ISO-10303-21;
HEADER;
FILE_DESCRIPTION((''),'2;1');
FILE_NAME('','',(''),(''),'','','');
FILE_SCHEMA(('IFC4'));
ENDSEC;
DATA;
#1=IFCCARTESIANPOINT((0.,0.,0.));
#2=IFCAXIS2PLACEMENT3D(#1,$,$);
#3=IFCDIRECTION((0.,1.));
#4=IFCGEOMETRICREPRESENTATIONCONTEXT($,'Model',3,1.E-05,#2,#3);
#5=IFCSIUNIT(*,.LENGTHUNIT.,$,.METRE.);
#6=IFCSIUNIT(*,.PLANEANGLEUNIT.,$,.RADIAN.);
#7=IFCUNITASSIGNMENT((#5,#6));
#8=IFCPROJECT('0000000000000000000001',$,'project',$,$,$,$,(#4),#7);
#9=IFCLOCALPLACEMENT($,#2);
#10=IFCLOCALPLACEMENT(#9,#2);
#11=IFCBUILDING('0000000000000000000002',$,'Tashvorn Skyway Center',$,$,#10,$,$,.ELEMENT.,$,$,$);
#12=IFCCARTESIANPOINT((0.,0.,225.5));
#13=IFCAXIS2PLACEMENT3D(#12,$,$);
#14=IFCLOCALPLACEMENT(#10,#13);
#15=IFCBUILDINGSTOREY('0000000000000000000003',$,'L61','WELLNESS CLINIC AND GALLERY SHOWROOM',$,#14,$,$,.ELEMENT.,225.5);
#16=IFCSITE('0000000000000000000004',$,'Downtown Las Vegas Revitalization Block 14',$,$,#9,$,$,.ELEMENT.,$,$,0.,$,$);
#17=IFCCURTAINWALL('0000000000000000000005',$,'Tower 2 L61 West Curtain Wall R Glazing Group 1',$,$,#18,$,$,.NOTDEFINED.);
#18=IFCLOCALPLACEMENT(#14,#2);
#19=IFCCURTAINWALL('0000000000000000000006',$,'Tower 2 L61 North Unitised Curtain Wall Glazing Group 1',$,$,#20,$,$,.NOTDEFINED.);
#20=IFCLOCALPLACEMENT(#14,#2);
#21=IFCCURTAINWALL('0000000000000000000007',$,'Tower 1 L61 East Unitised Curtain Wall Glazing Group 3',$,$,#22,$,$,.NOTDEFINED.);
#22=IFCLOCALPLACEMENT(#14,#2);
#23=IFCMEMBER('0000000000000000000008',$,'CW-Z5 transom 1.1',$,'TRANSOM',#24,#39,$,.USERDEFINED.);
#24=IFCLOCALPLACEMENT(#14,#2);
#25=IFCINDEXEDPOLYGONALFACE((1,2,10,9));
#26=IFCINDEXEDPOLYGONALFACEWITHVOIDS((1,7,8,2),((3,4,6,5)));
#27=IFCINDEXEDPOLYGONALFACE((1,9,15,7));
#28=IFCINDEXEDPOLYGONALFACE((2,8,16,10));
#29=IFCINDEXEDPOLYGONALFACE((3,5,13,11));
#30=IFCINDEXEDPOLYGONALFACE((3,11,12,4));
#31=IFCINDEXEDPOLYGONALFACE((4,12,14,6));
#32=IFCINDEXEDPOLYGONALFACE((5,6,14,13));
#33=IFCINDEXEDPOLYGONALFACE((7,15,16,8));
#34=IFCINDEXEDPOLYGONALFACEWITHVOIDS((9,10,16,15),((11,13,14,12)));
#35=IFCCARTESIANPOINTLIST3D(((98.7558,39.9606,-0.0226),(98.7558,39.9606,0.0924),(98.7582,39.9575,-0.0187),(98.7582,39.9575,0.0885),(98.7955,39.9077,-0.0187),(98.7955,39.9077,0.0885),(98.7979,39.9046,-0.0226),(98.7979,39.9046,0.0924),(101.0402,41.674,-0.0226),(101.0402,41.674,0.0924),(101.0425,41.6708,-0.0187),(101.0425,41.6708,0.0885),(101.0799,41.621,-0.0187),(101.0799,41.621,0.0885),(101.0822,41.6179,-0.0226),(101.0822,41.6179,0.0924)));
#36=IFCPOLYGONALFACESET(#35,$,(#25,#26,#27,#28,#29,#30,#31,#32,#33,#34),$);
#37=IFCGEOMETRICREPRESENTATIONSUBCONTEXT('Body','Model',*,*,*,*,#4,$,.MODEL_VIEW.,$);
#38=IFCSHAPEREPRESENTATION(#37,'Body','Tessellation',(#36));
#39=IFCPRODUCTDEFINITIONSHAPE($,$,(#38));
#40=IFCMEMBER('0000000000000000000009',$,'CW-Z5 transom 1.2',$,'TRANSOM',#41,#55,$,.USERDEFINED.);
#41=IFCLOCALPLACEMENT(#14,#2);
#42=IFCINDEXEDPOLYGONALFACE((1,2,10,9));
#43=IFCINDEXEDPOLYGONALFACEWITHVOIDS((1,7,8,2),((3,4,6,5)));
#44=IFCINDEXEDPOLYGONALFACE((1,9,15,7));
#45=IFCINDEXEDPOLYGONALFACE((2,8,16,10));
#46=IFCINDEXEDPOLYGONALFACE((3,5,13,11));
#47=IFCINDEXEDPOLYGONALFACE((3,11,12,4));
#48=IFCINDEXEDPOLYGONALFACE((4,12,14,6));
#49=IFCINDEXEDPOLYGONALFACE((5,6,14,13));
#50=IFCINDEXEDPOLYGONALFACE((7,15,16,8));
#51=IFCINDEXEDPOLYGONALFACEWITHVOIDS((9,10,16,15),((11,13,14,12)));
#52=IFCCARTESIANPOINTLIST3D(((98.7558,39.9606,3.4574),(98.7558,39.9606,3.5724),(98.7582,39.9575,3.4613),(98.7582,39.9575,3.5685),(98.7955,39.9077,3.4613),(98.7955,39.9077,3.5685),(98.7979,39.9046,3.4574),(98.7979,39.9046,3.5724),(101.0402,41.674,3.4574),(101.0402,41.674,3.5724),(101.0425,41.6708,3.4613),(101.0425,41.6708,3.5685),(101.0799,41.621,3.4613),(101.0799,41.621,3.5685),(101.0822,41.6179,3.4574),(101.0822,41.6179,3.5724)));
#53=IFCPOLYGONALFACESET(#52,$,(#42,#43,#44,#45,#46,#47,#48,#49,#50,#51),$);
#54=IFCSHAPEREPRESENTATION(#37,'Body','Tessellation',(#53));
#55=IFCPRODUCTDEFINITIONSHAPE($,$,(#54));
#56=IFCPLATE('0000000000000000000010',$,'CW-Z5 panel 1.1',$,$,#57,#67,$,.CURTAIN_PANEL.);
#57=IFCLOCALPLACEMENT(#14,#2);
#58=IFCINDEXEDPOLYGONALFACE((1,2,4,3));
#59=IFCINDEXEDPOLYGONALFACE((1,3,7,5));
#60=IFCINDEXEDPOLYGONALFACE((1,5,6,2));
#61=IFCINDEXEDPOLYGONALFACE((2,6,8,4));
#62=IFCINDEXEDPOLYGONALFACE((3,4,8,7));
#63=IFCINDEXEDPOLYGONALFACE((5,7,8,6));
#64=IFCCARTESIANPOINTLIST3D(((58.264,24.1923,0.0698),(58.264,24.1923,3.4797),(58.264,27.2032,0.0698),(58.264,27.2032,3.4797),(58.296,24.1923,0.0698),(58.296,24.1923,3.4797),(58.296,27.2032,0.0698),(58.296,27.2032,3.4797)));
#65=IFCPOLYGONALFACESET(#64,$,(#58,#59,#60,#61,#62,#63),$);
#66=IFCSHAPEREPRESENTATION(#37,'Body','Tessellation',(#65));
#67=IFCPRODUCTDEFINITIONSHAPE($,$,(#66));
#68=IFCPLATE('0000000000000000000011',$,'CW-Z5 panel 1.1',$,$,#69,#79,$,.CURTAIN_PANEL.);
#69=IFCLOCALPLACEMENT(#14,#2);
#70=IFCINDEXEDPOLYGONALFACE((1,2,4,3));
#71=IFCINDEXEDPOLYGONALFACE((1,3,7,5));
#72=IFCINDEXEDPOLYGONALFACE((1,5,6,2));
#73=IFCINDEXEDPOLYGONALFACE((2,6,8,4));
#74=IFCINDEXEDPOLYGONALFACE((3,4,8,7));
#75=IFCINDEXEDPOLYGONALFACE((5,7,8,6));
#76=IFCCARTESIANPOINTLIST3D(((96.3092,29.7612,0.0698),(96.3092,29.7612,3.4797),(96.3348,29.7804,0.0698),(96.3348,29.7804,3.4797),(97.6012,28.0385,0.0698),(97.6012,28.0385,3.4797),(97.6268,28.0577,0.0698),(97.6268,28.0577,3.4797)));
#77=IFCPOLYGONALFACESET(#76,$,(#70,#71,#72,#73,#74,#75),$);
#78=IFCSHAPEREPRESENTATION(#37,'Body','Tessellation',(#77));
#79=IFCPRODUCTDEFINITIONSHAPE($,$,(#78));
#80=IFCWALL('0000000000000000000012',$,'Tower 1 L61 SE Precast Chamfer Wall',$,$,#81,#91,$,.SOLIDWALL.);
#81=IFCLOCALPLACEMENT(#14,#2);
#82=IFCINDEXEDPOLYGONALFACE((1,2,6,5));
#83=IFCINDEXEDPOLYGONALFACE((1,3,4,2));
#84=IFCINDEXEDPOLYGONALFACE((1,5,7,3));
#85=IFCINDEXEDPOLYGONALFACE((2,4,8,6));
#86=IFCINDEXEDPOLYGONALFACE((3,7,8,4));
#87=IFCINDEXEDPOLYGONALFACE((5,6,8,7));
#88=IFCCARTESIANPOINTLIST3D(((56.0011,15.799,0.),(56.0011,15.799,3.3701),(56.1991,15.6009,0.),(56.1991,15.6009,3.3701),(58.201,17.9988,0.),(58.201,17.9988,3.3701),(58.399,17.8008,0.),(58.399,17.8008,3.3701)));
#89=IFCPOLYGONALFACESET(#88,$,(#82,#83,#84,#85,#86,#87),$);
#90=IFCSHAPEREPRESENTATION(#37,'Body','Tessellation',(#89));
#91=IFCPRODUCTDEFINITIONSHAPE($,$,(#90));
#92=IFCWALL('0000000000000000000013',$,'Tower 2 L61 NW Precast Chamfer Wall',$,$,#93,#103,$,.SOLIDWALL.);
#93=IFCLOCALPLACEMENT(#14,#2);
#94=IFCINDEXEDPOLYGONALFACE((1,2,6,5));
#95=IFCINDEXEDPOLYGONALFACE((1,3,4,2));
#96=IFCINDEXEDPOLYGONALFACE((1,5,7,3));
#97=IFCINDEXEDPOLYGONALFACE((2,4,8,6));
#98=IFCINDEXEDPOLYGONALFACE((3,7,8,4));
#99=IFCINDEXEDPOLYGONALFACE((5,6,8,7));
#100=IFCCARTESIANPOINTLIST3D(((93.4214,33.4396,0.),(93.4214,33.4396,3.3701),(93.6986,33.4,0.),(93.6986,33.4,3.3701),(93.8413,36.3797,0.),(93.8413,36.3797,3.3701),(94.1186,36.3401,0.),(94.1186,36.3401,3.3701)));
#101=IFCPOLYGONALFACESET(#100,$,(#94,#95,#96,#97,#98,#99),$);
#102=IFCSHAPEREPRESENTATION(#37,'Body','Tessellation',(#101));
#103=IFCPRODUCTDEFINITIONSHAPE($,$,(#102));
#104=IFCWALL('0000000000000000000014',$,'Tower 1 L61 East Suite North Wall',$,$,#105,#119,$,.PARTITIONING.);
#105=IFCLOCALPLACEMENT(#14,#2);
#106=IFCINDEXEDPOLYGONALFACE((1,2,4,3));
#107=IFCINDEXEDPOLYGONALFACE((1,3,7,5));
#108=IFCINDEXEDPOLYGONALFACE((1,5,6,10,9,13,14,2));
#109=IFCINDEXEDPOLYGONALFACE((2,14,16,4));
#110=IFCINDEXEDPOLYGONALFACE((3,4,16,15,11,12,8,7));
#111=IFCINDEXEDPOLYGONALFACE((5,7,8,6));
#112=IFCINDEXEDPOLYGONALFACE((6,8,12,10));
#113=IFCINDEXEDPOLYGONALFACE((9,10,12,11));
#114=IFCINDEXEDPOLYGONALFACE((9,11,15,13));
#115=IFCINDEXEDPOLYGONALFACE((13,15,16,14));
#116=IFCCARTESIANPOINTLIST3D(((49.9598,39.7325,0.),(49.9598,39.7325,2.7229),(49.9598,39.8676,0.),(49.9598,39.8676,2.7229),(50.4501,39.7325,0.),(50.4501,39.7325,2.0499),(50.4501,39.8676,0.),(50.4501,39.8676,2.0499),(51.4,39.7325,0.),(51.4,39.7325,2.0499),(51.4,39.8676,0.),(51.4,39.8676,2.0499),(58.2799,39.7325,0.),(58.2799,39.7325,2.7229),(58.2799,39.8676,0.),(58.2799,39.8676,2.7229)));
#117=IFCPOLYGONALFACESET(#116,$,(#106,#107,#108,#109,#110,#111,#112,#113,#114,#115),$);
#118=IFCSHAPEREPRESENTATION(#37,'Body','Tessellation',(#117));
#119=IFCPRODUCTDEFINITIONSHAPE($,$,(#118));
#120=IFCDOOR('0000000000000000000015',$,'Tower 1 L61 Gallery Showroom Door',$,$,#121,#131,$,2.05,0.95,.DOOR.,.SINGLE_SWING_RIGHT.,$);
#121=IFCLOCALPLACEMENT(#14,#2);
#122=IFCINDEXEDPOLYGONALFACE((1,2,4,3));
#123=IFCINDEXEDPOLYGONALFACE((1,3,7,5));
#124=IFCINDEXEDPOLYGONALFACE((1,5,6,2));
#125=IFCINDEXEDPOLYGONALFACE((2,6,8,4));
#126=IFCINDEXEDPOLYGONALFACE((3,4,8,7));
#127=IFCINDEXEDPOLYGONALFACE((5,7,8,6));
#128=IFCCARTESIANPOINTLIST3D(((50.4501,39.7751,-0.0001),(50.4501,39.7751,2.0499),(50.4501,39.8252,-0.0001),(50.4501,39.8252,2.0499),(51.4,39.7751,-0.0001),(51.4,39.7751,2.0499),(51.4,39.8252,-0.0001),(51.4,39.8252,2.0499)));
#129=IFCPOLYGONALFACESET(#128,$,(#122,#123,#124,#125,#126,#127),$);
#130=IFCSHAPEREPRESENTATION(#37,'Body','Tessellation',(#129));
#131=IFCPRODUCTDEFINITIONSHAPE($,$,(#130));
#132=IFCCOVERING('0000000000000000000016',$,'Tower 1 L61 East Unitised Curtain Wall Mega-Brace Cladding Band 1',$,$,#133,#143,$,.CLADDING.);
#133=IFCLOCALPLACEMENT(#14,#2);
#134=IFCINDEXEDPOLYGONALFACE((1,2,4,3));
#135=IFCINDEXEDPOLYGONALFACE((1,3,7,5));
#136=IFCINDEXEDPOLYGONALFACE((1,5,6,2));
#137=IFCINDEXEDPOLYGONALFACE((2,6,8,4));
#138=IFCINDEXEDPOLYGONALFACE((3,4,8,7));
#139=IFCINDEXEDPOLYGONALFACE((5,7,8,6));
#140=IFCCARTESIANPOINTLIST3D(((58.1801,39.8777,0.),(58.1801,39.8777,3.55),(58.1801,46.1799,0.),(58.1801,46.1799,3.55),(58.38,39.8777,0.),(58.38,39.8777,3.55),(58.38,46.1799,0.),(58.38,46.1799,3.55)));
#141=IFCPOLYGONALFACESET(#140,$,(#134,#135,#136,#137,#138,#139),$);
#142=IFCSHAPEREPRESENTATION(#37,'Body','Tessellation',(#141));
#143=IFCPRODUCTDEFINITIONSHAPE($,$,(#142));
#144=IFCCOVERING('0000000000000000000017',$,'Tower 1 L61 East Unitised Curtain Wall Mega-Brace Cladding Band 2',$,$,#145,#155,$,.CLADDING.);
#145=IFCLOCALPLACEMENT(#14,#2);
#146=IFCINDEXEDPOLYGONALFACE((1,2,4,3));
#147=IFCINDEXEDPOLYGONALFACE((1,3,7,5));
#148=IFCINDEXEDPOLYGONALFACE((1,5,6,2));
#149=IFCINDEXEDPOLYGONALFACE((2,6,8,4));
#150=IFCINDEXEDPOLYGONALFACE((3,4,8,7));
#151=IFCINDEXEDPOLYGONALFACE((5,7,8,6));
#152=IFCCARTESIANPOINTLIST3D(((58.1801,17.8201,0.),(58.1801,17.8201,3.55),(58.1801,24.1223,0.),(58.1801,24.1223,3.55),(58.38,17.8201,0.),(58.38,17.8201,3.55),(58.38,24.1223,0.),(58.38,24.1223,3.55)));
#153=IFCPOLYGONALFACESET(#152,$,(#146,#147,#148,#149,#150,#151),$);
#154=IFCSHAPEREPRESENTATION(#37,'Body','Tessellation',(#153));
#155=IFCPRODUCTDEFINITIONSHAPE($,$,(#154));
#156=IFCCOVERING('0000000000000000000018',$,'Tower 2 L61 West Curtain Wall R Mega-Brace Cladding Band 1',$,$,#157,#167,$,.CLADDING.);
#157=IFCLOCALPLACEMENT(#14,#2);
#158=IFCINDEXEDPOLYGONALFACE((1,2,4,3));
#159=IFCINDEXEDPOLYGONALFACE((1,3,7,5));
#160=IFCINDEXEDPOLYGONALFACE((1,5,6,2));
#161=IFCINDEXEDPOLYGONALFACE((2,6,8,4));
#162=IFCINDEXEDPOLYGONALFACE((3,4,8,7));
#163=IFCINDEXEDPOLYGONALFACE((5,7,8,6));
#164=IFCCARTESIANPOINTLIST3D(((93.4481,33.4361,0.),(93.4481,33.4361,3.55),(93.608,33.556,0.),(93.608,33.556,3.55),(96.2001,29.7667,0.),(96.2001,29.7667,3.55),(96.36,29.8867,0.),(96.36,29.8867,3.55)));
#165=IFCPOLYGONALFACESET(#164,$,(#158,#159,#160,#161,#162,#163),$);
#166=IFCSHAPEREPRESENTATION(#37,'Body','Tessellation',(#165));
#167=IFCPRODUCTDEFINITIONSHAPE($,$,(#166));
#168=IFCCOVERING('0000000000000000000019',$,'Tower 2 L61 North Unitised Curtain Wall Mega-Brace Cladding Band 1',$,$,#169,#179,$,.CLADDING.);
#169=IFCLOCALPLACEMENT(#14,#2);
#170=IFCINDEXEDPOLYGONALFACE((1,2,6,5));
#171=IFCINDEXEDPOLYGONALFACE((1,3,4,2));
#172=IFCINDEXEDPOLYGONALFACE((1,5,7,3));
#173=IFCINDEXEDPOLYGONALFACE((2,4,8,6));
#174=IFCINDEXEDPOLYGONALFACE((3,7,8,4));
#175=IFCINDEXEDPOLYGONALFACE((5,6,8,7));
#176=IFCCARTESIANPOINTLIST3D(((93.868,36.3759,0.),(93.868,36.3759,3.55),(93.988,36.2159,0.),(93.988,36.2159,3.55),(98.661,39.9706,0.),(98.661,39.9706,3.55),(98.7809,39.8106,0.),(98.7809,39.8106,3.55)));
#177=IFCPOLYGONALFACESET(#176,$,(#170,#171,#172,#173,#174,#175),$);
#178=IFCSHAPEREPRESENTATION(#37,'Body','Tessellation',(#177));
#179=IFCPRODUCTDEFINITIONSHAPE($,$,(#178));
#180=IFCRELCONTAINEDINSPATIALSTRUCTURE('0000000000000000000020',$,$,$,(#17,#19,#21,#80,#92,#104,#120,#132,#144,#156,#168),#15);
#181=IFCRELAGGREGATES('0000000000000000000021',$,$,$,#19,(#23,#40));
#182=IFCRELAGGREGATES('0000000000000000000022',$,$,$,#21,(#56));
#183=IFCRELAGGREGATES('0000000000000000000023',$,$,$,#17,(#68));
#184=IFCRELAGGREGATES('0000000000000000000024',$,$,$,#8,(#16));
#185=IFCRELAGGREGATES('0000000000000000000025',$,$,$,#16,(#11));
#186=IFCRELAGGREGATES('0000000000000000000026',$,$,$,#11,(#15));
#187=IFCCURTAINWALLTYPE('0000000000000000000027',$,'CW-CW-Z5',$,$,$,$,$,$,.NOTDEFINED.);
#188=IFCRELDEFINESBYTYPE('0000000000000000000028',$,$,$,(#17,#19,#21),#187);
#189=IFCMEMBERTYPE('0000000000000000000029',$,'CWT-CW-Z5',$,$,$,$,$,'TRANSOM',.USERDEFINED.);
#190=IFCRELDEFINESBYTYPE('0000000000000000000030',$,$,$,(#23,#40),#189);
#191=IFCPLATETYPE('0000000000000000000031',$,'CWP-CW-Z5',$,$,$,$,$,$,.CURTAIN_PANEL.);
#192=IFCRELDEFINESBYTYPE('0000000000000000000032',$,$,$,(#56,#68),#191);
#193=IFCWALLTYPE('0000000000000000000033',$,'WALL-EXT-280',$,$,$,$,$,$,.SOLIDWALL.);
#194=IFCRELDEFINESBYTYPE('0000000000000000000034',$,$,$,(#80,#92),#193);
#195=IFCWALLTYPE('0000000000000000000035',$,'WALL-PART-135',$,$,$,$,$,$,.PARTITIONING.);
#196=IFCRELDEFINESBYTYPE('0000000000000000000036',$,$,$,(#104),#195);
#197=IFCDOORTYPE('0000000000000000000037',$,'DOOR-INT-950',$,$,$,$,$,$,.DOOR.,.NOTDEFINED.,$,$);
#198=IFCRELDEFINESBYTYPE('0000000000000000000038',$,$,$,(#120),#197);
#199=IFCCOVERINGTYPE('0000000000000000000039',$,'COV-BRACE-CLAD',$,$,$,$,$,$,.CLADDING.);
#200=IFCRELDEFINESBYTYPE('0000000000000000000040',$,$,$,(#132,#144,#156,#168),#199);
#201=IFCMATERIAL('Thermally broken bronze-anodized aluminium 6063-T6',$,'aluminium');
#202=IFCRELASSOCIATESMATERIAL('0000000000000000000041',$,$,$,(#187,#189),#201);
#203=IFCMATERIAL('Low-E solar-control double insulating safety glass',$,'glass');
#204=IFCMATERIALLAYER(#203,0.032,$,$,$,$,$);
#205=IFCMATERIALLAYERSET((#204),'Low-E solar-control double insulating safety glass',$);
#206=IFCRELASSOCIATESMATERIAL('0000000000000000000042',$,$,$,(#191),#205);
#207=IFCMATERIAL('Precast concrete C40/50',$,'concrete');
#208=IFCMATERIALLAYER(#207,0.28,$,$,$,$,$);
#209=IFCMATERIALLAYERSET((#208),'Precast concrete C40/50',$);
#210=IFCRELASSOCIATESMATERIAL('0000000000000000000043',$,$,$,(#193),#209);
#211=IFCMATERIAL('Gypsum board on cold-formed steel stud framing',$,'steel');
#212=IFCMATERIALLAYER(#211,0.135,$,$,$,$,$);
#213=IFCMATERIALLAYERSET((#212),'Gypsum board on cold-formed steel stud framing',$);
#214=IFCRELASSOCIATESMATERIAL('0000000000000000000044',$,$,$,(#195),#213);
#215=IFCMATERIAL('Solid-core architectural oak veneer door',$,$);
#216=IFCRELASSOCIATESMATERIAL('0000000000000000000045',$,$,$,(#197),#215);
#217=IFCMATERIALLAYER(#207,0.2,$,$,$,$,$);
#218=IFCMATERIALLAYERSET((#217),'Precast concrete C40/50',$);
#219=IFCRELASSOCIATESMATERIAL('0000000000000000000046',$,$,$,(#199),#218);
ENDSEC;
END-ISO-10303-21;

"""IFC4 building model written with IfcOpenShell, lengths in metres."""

from ifc_helpers import new_model, si_unit, direction, frame, frame_2d, origin, origin_2d, place, context, subcontext, project, spatial, rectangle, hollow_rectangle, extrude, material, layer, layer_set, material_profile, profile_set, type_object, element, fill, aggregate, save


model = new_model("IFC4")

# Units and contexts
model_context = context("Model", 3, precision=1e-05, world=origin(), true_north=direction((0.0, 1.0)))
body_context = subcontext(model_context, "Body", "Model", "MODEL_VIEW")
ifc_project = project(units=[si_unit("LENGTHUNIT", "METRE"), si_unit("PLANEANGLEUNIT", "RADIAN")], contexts=[model_context])

# Site, building, storey
site_placement = place(None, origin())
site = spatial("IfcSite", under=ifc_project, at=site_placement, Name="Downtown Las Vegas Revitalization Block 14", CompositionType="ELEMENT", RefElevation=0.0)
building_placement = place(site_placement, origin())
building = spatial("IfcBuilding", under=site, at=building_placement, Name="Tashvorn Skyway Center", CompositionType="ELEMENT")
storey_placement = place(building_placement, frame((0.0, 0.0, 225.5)))
storey = spatial("IfcBuildingStorey", under=building, at=storey_placement, Name="L61", Description="WELLNESS CLINIC AND GALLERY SHOWROOM", CompositionType="ELEMENT", Elevation=225.5)

# Curtain wall
ifc_material_1 = material(Name="Thermally broken bronze-anodized aluminium 6063-T6", Category="aluminium")
curtain_wall_type = type_object("IfcCurtainWallType", Name="CW-CW-Z5", PredefinedType="NOTDEFINED", material=ifc_material_1)
curtain_wall_1_placement = place(storey_placement, origin())
curtain_wall_1 = element("IfcCurtainWall", 1, at=curtain_wall_1_placement, inside=storey, type_object=curtain_wall_type, Name="Tower 2 L61 West Curtain Wall R Glazing Group 1", PredefinedType="NOTDEFINED")

# Curtain walls
curtain_wall_2_placement = place(storey_placement, origin())
curtain_wall_2 = element("IfcCurtainWall", 2, at=curtain_wall_2_placement, inside=storey, type_object=curtain_wall_type, Name="Tower 2 L61 North Unitised Curtain Wall Glazing Group 1", PredefinedType="NOTDEFINED")
curtain_wall_3_placement = place(storey_placement, origin())
curtain_wall_3 = element("IfcCurtainWall", 3, at=curtain_wall_3_placement, inside=storey, type_object=curtain_wall_type, Name="Tower 1 L61 East Unitised Curtain Wall Glazing Group 3", PredefinedType="NOTDEFINED")
ifc_material_profile_1 = material_profile(ifc_material_1, hollow_rectangle(XDim=0.0701, YDim=0.115, WallThickness=0.0039, at=origin_2d()), Name="ALU-TRAN-70x115")
ifc_profile_set_1 = profile_set([ifc_material_profile_1], Name="Thermally broken bronze-anodized aluminium 6063-T6")
member_type_1 = type_object("IfcMemberType", Name="CWT-CW-Z5", ElementType="TRANSOM", PredefinedType="USERDEFINED", material=ifc_profile_set_1)

# Members
member_1_placement = place(storey_placement, frame((98.7769, 39.9326, 0.0349), z_axis=(0.79999, 0.600014, 0.0), x_axis=(-0.600014, 0.79999, 0.0)))
member_1 = element("IfcMember", 4, at=member_1_placement, type_object=member_type_1, Name="CW-Z5 transom 1.1", ObjectType="TRANSOM", PredefinedType="USERDEFINED", context=body_context, shape_type="SweptSolid", body=[
    extrude(hollow_rectangle(XDim=0.0701, YDim=0.115, WallThickness=0.0039, at=origin_2d()), origin(), (0.0, 0.0, 1.0), 2.8555),
])
member_2_placement = place(storey_placement, frame((98.7769, 39.9326, 3.5149), z_axis=(0.79999, 0.600014, 0.0), x_axis=(-0.600014, 0.79999, 0.0)))
member_2 = element("IfcMember", 5, at=member_2_placement, type_object=member_type_1, Name="CW-Z5 transom 1.2", ObjectType="TRANSOM", PredefinedType="USERDEFINED", context=body_context, shape_type="SweptSolid", body=[
    extrude(hollow_rectangle(XDim=0.0701, YDim=0.115, WallThickness=0.0039, at=origin_2d()), origin(), (0.0, 0.0, 1.0), 2.8555),
])
aggregate(curtain_wall_2, [member_1, member_2])

# Plates
ifc_material_2 = material(Name="Low-E solar-control double insulating safety glass", Category="glass")
ifc_layer_1 = layer(ifc_material_2, 0.032)
ifc_layer_set_1 = layer_set([ifc_layer_1], Name="Low-E solar-control double insulating safety glass")
plate_type = type_object("IfcPlateType", Name="CWP-CW-Z5", PredefinedType="CURTAIN_PANEL", material=ifc_layer_set_1)
plate_1_placement = place(storey_placement, frame((58.28, 25.6978, 0.0698), z_axis=(0.0, 0.0, 1.0), x_axis=(0.0, -1.0, 0.0)))
plate_1 = element("IfcPlate", 6, at=plate_1_placement, type_object=plate_type, Name="CW-Z5 panel 1.1", PredefinedType="CURTAIN_PANEL", context=body_context, shape_type="SweptSolid", body=[
    extrude(rectangle(XDim=3.011, YDim=0.032, at=origin_2d()), origin(), (0.0, 0.0, 1.0), 3.4099),
])
aggregate(curtain_wall_3, [plate_1])
plate_2_placement = place(storey_placement, frame((96.968, 28.9094, 0.0698), z_axis=(0.0, 0.0, 1.0), x_axis=(-0.599993, 0.800005, 0.0)))
plate_2 = element("IfcPlate", 7, at=plate_2_placement, type_object=plate_type, Name="CW-Z5 panel 1.1", PredefinedType="CURTAIN_PANEL", context=body_context, shape_type="SweptSolid", body=[
    extrude(rectangle(XDim=2.1533, YDim=0.032, at=origin_2d()), origin(), (0.0, 0.0, 1.0), 3.4099),
])
aggregate(curtain_wall_1, [plate_2])

# Walls
ifc_material_3 = material(Name="Precast concrete C40/50", Category="concrete")
ifc_layer_2 = layer(ifc_material_3, 0.28)
ifc_layer_set_2 = layer_set([ifc_layer_2], Name="Precast concrete C40/50")
wall_type_1 = type_object("IfcWallType", Name="WALL-EXT-280", PredefinedType="SOLIDWALL", material=ifc_layer_set_2)
wall_1_placement = place(storey_placement, frame((58.3, 17.8999, 0.0), z_axis=(0.0, 0.0, 1.0), x_axis=(-0.707107, -0.707107, 0.0)))
element("IfcWall", 8, at=wall_1_placement, inside=storey, type_object=wall_type_1, Name="Tower 1 L61 SE Precast Chamfer Wall", PredefinedType="SOLIDWALL", context=body_context, shape_type="SweptSolid", body=[
    extrude(rectangle(XDim=3.1111, YDim=0.28, at=frame_2d((1.5557, 0.0))), origin(), (0.0, 0.0, 1.0), 3.3701),
])
wall_2_placement = place(storey_placement, frame((93.5601, 33.4199, 0.0), z_axis=(0.0, 0.0, 1.0), x_axis=(0.141387, 0.989954, 0.0)))
element("IfcWall", 9, at=wall_2_placement, inside=storey, type_object=wall_type_1, Name="Tower 2 L61 NW Precast Chamfer Wall", PredefinedType="SOLIDWALL", context=body_context, shape_type="SweptSolid", body=[
    extrude(rectangle(XDim=2.97, YDim=0.28, at=frame_2d((1.4849, 0.0))), origin(), (0.0, 0.0, 1.0), 3.3701),
])

# Wall, opening, door
ifc_material_4 = material(Name="Gypsum board on cold-formed steel stud framing", Category="steel")
ifc_layer_3 = layer(ifc_material_4, 0.135)
ifc_layer_set_3 = layer_set([ifc_layer_3], Name="Gypsum board on cold-formed steel stud framing")
wall_type_2 = type_object("IfcWallType", Name="WALL-PART-135", PredefinedType="PARTITIONING", material=ifc_layer_set_3)
wall_3_placement = place(storey_placement, frame((58.28, 39.8, 0.0), z_axis=(0.0, 0.0, 1.0), x_axis=(-1.0, 0.0, 0.0)))
wall_3 = element("IfcWall", 10, at=wall_3_placement, inside=storey, type_object=wall_type_2, Name="Tower 1 L61 East Suite North Wall", PredefinedType="PARTITIONING", context=body_context, shape_type="SweptSolid", body=[
    extrude(rectangle(XDim=8.3201, YDim=0.135, at=frame_2d((4.1602, 0.0))), origin(), (0.0, 0.0, 1.0), 2.7229),
])
opening_placement = place(wall_3_placement, frame((6.8799, 0.0, 0.0)))
opening = element("IfcOpeningElement", 11, at=opening_placement, cuts=wall_3, PredefinedType="OPENING", context=body_context, shape_type="SweptSolid", body=[
    extrude(rectangle(XDim=0.95, YDim=2.05, at=frame_2d((0.4751, 1.0249))), frame((0.0, 0.0774, 0.0), z_axis=(0.0, -1.0, 0.0), x_axis=(1.0, 0.0, 0.0)), (0.0, 0.0, 1.0), 0.155),
])
ifc_material_5 = material(Name="Solid-core architectural oak veneer door")
door_type = type_object("IfcDoorType", Name="DOOR-INT-950", OperationType="NOTDEFINED", PredefinedType="DOOR", material=ifc_material_5)
door_placement = place(opening_placement, origin())
door = element("IfcDoor", 12, at=door_placement, inside=storey, type_object=door_type, Name="Tower 1 L61 Gallery Showroom Door", OperationType="SINGLE_SWING_RIGHT", OverallHeight=2.05, OverallWidth=0.95, PredefinedType="DOOR", context=body_context, shape_type="SweptSolid", body=[
    extrude(rectangle(XDim=0.95, YDim=2.05, at=frame_2d((0.4751, 1.0249))), frame((0.0, 0.0249, 0.0), z_axis=(0.0, -1.0, 0.0), x_axis=(1.0, 0.0, 0.0)), (0.0, 0.0, 1.0), 0.05),
])
fill(opening, door)

# Coverings
ifc_layer_4 = layer(ifc_material_3, 0.2)
ifc_layer_set_4 = layer_set([ifc_layer_4], Name="Precast concrete C40/50")
covering_type_1 = type_object("IfcCoveringType", Name="COV-BRACE-CLAD", PredefinedType="CLADDING", material=ifc_layer_set_4)
for number, where, z_axis, x_axis, name in (
    (13, (58.28, 43.0288, 0.0), (0.0, 0.0, 1.0), (0.0, -1.0, 0.0), "Tower 1 L61 East Unitised Curtain Wall Mega-Brace Cladding Band 1"),
    (14, (58.28, 20.9712, 0.0), (0.0, 0.0, 1.0), (0.0, -1.0, 0.0), "Tower 1 L61 East Unitised Curtain Wall Mega-Brace Cladding Band 2"),
):
    element("IfcCovering", number, at=place(storey_placement, frame(where, z_axis=z_axis, x_axis=x_axis)), inside=storey, type_object=covering_type_1, Name=name, PredefinedType="CLADDING", context=body_context, shape_type="SweptSolid", body=[
        extrude(rectangle(XDim=6.3022, YDim=0.2, at=origin_2d()), origin(), (0.0, 0.0, 1.0), 3.55),
    ])
covering_1_placement = place(storey_placement, frame((94.9041, 31.6614, 0.0), z_axis=(0.0, 0.0, 1.0), x_axis=(-0.6, 0.8, 0.0)))
element("IfcCovering", 15, at=covering_1_placement, inside=storey, type_object=covering_type_1, Name="Tower 2 L61 West Curtain Wall R Mega-Brace Cladding Band 1", PredefinedType="CLADDING", context=body_context, shape_type="SweptSolid", body=[
    extrude(rectangle(XDim=4.5867, YDim=0.2, at=origin_2d()), origin(), (0.0, 0.0, 1.0), 3.55),
])
covering_2_placement = place(storey_placement, frame((96.3245, 38.0933, 0.0), z_axis=(0.0, 0.0, 1.0), x_axis=(0.8, 0.6, 0.0)))
element("IfcCovering", 16, at=covering_2_placement, inside=storey, type_object=covering_type_1, Name="Tower 2 L61 North Unitised Curtain Wall Mega-Brace Cladding Band 1", PredefinedType="CLADDING", context=body_context, shape_type="SweptSolid", body=[
    extrude(rectangle(XDim=5.9912, YDim=0.2, at=origin_2d()), origin(), (0.0, 0.0, 1.0), 3.55),
])

save(model, "model.ifc")
